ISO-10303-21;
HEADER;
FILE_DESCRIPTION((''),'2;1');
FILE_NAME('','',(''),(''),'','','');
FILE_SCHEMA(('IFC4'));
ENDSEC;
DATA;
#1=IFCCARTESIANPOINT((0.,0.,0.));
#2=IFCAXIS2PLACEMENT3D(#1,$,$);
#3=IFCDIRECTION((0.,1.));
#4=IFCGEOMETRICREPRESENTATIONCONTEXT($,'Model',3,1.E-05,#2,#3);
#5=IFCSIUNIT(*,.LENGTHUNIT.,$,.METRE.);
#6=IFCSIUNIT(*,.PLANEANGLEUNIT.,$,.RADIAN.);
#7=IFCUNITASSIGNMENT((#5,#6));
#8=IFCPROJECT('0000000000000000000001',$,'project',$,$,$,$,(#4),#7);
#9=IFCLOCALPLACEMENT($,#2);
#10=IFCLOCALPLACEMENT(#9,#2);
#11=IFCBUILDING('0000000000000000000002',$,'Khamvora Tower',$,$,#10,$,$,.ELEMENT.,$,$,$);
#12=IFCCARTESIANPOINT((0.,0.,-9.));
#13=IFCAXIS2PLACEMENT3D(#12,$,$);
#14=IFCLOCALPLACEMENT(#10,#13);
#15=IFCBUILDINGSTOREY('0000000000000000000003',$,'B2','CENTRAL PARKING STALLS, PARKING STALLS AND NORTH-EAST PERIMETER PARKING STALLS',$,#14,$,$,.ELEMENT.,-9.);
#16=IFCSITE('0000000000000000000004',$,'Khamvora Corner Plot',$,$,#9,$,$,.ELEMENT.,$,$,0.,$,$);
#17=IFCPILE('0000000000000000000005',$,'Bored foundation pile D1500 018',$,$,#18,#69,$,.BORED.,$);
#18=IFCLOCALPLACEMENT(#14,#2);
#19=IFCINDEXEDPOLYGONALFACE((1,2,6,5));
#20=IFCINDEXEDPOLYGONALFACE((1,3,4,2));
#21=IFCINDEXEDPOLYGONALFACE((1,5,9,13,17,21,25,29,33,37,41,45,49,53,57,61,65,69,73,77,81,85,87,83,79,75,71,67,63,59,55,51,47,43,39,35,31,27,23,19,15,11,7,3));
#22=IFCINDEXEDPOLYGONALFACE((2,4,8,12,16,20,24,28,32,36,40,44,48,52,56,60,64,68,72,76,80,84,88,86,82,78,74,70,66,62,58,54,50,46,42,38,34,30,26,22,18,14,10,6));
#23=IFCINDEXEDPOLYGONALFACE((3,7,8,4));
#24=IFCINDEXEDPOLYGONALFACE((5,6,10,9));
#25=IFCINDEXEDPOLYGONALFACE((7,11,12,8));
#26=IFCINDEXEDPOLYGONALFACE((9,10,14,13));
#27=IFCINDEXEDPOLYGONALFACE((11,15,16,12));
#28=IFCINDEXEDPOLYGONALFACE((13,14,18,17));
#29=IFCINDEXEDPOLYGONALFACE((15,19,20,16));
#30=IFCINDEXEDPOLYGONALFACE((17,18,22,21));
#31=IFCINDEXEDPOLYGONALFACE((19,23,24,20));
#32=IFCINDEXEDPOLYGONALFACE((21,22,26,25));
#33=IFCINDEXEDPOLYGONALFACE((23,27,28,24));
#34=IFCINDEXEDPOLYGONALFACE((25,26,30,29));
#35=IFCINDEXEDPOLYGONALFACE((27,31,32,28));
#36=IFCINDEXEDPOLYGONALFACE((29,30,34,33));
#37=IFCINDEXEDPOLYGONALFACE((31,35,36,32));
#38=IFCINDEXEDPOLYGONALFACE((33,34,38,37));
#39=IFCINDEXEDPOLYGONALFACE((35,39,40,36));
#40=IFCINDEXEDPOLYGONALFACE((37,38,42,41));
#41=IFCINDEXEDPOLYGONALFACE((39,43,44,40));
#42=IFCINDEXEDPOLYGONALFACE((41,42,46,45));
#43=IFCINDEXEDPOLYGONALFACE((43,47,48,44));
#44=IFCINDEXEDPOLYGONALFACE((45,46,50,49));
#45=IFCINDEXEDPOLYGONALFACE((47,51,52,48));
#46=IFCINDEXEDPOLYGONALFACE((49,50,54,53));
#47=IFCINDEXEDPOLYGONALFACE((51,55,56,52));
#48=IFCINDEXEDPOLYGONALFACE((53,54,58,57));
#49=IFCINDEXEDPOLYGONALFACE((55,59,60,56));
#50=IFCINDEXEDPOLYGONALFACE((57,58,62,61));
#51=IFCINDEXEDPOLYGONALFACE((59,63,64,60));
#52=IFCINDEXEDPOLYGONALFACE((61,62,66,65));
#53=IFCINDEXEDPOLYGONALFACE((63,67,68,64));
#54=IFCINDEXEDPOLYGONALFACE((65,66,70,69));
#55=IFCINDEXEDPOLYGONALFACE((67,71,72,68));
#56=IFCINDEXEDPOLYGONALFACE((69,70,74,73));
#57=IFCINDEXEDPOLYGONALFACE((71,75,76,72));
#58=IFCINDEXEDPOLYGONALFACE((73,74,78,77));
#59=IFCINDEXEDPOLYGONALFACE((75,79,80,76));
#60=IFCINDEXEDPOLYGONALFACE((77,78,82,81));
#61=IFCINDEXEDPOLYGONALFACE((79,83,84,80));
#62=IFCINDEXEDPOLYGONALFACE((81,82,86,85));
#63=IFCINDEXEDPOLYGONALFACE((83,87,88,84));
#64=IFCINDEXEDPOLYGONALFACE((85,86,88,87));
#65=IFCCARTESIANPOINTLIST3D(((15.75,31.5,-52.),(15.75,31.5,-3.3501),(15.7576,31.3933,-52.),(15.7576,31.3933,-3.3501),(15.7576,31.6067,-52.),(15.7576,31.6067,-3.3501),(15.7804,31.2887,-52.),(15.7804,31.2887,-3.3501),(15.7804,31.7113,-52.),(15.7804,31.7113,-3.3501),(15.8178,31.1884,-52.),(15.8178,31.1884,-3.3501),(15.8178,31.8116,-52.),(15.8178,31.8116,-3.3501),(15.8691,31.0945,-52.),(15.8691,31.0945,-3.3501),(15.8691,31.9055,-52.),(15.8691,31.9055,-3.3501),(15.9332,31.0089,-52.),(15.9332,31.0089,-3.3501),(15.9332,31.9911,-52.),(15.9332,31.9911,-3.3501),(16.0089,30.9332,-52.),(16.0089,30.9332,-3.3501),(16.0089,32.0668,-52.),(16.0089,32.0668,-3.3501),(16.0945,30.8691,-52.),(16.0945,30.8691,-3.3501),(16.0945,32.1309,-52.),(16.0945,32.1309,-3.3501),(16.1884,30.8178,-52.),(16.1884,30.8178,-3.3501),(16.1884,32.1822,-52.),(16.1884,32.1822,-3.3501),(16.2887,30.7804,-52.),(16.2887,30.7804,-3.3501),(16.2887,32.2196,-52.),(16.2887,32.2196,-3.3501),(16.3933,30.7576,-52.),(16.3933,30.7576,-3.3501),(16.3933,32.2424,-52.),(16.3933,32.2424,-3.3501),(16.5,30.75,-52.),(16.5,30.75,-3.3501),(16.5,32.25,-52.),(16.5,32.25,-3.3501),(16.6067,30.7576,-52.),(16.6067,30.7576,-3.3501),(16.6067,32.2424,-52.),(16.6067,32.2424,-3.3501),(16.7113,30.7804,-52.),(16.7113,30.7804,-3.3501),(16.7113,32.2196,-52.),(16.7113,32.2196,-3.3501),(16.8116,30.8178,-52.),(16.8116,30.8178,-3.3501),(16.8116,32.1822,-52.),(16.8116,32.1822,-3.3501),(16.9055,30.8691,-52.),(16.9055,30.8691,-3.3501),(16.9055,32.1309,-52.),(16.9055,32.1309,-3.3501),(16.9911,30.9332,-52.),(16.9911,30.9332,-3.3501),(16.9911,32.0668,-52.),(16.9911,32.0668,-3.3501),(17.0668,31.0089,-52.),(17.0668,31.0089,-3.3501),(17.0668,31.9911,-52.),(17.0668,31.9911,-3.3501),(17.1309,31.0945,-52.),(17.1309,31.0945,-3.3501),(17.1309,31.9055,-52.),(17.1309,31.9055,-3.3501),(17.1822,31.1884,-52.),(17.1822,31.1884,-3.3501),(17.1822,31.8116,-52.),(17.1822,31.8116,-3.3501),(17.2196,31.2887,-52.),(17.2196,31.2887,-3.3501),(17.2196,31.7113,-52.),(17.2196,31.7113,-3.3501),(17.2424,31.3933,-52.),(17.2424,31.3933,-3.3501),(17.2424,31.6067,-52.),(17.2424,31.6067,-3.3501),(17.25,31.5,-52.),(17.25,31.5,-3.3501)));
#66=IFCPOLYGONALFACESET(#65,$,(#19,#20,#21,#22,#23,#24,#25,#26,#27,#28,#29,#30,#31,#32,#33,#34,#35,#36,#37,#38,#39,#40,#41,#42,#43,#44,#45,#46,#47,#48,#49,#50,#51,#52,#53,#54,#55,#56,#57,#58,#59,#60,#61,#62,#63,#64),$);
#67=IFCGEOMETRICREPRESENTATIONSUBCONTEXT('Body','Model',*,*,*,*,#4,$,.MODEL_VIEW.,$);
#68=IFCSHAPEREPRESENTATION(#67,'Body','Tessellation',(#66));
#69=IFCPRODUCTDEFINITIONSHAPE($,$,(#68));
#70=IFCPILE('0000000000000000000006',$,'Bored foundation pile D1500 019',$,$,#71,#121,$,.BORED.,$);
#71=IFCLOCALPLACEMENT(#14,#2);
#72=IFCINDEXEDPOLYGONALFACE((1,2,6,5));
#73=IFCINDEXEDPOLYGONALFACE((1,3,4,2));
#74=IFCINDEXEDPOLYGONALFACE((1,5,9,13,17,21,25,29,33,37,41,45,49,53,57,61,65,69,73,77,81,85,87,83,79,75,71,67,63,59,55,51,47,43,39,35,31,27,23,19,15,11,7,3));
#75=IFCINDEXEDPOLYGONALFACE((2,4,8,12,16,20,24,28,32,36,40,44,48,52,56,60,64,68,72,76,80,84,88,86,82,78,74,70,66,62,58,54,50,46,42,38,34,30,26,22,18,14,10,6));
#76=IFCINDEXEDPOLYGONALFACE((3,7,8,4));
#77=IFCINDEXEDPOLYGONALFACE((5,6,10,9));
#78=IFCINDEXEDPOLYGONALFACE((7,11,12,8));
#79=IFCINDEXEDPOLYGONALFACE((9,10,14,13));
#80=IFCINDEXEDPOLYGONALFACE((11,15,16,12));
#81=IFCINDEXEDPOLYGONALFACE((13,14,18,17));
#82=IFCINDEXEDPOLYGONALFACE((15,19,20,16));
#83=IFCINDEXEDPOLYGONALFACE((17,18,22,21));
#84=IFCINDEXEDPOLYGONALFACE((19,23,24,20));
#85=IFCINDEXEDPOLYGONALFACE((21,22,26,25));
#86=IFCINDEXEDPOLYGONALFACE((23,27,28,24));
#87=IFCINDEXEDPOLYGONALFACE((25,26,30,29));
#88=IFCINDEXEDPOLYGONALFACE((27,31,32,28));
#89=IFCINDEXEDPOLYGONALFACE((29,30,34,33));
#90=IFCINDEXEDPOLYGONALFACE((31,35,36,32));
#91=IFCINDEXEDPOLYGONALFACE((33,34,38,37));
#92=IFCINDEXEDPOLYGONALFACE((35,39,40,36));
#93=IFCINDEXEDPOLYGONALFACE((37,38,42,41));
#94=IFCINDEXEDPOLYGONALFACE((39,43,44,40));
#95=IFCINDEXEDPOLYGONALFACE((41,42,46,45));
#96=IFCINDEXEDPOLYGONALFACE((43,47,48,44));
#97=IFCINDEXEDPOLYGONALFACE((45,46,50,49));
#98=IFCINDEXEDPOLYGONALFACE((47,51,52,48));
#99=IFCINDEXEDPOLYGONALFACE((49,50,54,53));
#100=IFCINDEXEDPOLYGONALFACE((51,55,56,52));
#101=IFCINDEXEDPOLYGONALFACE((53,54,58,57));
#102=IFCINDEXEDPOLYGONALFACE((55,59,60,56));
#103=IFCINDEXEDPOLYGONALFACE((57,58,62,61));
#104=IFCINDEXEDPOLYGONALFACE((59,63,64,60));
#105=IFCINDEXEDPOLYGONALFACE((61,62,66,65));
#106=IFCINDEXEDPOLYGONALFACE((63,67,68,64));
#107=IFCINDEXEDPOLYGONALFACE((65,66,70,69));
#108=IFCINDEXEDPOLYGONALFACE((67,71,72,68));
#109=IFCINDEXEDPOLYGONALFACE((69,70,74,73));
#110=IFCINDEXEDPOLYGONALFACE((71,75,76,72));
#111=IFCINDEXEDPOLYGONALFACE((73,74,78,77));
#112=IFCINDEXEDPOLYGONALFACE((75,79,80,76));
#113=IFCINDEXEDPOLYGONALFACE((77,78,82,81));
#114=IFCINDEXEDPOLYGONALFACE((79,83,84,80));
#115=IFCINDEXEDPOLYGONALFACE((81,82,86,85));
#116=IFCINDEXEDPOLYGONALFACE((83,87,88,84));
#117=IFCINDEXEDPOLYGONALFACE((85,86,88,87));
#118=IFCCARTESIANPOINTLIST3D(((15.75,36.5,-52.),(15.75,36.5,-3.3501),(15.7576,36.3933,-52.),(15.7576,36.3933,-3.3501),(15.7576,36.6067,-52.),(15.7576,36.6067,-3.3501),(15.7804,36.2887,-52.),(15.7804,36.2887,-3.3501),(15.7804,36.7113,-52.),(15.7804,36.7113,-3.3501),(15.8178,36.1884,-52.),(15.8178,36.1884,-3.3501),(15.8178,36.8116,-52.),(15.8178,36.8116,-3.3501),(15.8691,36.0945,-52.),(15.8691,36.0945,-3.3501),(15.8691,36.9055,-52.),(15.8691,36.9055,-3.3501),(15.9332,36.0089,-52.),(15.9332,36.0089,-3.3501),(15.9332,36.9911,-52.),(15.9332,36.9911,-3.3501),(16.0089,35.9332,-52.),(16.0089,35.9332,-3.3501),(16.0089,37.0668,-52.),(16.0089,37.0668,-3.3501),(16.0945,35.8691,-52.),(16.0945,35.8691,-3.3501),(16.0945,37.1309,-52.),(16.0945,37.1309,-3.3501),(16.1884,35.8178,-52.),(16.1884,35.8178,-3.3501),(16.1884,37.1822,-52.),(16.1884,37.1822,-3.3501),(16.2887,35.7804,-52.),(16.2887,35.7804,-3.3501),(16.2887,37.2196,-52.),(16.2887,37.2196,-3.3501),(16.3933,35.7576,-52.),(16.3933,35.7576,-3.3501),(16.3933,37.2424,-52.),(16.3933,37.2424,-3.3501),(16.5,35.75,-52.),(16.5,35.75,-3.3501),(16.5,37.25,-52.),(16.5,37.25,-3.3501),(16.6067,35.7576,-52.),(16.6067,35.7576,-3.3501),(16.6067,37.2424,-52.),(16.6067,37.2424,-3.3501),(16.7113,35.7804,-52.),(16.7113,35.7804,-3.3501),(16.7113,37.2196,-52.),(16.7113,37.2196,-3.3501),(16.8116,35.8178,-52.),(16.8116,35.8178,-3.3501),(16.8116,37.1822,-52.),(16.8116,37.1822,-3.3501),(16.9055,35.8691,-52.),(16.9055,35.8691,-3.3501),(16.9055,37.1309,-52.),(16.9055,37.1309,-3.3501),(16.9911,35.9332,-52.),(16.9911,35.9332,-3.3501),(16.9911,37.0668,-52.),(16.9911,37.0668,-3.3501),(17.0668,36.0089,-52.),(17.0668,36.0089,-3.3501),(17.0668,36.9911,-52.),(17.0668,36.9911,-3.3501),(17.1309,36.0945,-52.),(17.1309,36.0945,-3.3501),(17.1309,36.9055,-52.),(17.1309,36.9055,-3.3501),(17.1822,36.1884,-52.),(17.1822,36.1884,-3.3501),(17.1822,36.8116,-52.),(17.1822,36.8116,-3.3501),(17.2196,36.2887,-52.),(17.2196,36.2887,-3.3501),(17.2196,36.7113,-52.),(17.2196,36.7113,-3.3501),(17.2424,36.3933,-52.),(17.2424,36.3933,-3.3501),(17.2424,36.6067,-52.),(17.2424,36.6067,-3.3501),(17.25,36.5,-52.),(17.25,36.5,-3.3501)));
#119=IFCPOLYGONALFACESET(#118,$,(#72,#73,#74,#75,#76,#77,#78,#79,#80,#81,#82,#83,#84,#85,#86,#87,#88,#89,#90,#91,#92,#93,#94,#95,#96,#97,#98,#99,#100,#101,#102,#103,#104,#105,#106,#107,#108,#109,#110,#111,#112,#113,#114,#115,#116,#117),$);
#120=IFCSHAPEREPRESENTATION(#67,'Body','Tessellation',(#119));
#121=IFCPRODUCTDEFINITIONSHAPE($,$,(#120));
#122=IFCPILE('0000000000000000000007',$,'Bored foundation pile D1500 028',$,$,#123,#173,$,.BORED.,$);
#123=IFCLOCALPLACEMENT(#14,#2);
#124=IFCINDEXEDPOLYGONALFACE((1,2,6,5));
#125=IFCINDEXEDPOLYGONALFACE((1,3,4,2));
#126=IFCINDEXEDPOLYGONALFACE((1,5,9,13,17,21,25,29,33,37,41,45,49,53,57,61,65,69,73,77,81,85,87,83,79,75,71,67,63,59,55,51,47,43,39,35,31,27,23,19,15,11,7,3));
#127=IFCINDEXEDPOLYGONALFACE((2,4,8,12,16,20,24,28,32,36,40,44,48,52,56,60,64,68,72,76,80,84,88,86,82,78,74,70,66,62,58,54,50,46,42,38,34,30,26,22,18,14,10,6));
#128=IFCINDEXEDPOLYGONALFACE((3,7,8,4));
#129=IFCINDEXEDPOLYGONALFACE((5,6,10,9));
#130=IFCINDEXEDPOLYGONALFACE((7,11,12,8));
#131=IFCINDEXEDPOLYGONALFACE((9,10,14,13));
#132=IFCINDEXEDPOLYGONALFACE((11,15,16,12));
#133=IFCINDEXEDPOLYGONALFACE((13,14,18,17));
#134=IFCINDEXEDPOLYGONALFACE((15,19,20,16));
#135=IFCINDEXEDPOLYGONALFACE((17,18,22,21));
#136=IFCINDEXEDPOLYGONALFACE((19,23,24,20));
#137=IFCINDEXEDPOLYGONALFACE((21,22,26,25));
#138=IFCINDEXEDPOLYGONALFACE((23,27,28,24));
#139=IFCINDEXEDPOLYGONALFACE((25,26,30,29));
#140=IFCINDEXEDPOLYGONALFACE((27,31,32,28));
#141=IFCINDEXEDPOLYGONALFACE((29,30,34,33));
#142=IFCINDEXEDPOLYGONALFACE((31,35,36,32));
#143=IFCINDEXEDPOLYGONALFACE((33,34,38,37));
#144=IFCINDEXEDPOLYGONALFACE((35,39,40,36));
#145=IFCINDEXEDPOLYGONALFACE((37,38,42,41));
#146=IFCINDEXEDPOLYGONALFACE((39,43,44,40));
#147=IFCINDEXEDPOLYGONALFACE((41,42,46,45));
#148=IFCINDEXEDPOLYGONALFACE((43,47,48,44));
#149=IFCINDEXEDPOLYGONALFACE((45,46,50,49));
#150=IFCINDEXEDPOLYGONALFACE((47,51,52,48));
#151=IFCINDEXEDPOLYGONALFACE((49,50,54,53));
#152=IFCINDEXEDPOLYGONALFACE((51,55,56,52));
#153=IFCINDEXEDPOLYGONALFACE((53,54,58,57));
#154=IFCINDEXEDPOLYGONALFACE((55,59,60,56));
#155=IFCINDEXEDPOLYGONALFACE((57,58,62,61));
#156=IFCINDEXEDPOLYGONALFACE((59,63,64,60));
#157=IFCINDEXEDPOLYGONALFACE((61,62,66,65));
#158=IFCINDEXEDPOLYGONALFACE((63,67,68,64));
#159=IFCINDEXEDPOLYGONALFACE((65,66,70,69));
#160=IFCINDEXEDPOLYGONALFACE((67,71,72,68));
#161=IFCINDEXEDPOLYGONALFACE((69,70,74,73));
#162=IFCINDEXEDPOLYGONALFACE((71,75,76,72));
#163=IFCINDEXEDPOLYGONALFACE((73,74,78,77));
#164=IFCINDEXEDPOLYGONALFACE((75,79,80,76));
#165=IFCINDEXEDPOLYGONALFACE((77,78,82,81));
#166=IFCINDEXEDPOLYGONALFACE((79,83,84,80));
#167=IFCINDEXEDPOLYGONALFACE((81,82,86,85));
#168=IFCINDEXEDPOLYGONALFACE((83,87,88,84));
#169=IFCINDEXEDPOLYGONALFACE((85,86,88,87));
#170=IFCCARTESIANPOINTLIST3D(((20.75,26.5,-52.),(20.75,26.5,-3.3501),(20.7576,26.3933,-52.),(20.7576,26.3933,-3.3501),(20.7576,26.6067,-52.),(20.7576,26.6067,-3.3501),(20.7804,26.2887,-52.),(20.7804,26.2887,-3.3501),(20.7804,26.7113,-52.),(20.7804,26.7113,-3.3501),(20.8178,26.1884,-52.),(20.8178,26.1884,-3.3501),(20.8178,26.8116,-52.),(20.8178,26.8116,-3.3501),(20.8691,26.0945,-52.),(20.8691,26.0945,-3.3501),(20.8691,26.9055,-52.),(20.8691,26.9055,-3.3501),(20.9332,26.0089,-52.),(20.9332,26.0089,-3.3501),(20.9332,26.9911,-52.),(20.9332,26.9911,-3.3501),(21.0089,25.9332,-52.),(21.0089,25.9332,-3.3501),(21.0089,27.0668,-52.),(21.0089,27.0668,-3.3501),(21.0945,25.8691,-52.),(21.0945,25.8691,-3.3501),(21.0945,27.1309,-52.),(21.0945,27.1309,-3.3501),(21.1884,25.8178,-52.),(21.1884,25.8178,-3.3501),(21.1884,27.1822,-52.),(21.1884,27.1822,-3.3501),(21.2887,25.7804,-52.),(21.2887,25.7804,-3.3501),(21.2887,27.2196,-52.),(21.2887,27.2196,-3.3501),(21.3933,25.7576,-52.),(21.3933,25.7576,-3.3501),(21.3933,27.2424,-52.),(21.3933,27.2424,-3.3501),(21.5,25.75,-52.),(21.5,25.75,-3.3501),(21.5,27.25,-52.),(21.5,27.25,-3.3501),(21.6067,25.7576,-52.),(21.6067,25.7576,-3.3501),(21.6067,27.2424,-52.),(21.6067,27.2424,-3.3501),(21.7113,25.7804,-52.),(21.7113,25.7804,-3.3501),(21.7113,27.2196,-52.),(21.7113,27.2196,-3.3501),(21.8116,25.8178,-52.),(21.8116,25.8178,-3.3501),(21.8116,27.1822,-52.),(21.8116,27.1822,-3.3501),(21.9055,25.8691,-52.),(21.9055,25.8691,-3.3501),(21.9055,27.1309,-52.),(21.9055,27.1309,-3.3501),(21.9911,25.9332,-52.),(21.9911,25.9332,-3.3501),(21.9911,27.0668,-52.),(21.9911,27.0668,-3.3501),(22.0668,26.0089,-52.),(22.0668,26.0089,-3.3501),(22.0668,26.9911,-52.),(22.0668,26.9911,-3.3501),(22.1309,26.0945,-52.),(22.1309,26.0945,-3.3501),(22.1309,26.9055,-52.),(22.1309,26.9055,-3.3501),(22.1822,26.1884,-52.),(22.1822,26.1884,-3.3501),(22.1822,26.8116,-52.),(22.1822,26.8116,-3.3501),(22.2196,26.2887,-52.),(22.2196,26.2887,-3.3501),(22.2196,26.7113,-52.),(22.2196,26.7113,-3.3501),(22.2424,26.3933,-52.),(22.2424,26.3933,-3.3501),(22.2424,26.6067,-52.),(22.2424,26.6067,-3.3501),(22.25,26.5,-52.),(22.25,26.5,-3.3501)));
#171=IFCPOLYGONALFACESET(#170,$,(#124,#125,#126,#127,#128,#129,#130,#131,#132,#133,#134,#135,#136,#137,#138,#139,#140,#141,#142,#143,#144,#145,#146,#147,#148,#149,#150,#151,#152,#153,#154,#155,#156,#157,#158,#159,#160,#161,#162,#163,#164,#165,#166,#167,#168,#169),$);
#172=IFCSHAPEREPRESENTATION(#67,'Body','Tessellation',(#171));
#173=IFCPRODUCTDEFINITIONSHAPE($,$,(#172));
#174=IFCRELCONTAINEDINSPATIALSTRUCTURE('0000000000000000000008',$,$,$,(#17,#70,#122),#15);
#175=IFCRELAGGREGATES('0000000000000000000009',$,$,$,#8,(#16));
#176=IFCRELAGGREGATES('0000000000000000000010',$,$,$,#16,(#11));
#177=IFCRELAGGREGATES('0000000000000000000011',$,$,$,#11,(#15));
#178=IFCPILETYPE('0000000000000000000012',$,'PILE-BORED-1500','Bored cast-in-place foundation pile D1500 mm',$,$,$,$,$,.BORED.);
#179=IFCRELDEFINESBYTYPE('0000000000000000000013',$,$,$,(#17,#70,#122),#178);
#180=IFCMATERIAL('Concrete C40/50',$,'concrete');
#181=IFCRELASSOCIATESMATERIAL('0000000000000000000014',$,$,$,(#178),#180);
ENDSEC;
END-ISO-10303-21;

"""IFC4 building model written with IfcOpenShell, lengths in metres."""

from ifc_helpers import new_model, si_unit, direction, frame, origin, origin_2d, place, context, subcontext, project, spatial, circle, extrude, material, material_profile, profile_set, type_object, element, save


model = new_model("IFC4")

# Units and contexts
model_context = context("Model", 3, precision=1e-05, world=origin(), true_north=direction((0.0, 1.0)))
body_context = subcontext(model_context, "Body", "Model", "MODEL_VIEW")
ifc_project = project(units=[si_unit("LENGTHUNIT", "METRE"), si_unit("PLANEANGLEUNIT", "RADIAN")], contexts=[model_context])

# Site, building, storey
site_placement = place(None, origin())
site = spatial("IfcSite", under=ifc_project, at=site_placement, Name="Khamvora Corner Plot", CompositionType="ELEMENT", RefElevation=0.0)
building_placement = place(site_placement, origin())
building = spatial("IfcBuilding", under=site, at=building_placement, Name="Khamvora Tower", CompositionType="ELEMENT")
storey_placement = place(building_placement, frame((0.0, 0.0, -9.0)))
storey = spatial("IfcBuildingStorey", under=building, at=storey_placement, Name="B2", Description="CENTRAL PARKING STALLS, PARKING STALLS AND NORTH-EAST PERIMETER PARKING STALLS", CompositionType="ELEMENT", Elevation=-9.0)

# Piles
ifc_material_1 = material(Name="Concrete C40/50", Category="concrete")
ifc_material_profile_1 = material_profile(ifc_material_1, circle(Radius=0.75, at=origin_2d()), Name="PILE_D1500")
ifc_profile_set_1 = profile_set([ifc_material_profile_1], Name="Concrete C40/50")
pile_type_1 = type_object("IfcPileType", Name="PILE-BORED-1500", Description="Bored cast-in-place foundation pile D1500 mm", PredefinedType="BORED", material=ifc_profile_set_1)
for number, where, z_axis, x_axis, name in (
    (1, (16.5, 31.5, -3.3501), (0.0, 0.0, -1.0), (1.0, 0.0, 0.0), "Bored foundation pile D1500 018"),
    (2, (16.5, 36.5, -3.3501), (0.0, 0.0, -1.0), (1.0, 0.0, 0.0), "Bored foundation pile D1500 019"),
    (3, (21.5, 26.5, -3.3501), (0.0, 0.0, -1.0), (1.0, 0.0, 0.0), "Bored foundation pile D1500 028"),
):
    element("IfcPile", number, at=place(storey_placement, frame(where, z_axis=z_axis, x_axis=x_axis)), inside=storey, type_object=pile_type_1, Name=name, PredefinedType="BORED", context=body_context, shape_type="SweptSolid", body=[
        extrude(circle(Radius=0.75, at=origin_2d()), origin(), (0.0, 0.0, 1.0), 48.6499),
    ])

save(model, "model.ifc")
